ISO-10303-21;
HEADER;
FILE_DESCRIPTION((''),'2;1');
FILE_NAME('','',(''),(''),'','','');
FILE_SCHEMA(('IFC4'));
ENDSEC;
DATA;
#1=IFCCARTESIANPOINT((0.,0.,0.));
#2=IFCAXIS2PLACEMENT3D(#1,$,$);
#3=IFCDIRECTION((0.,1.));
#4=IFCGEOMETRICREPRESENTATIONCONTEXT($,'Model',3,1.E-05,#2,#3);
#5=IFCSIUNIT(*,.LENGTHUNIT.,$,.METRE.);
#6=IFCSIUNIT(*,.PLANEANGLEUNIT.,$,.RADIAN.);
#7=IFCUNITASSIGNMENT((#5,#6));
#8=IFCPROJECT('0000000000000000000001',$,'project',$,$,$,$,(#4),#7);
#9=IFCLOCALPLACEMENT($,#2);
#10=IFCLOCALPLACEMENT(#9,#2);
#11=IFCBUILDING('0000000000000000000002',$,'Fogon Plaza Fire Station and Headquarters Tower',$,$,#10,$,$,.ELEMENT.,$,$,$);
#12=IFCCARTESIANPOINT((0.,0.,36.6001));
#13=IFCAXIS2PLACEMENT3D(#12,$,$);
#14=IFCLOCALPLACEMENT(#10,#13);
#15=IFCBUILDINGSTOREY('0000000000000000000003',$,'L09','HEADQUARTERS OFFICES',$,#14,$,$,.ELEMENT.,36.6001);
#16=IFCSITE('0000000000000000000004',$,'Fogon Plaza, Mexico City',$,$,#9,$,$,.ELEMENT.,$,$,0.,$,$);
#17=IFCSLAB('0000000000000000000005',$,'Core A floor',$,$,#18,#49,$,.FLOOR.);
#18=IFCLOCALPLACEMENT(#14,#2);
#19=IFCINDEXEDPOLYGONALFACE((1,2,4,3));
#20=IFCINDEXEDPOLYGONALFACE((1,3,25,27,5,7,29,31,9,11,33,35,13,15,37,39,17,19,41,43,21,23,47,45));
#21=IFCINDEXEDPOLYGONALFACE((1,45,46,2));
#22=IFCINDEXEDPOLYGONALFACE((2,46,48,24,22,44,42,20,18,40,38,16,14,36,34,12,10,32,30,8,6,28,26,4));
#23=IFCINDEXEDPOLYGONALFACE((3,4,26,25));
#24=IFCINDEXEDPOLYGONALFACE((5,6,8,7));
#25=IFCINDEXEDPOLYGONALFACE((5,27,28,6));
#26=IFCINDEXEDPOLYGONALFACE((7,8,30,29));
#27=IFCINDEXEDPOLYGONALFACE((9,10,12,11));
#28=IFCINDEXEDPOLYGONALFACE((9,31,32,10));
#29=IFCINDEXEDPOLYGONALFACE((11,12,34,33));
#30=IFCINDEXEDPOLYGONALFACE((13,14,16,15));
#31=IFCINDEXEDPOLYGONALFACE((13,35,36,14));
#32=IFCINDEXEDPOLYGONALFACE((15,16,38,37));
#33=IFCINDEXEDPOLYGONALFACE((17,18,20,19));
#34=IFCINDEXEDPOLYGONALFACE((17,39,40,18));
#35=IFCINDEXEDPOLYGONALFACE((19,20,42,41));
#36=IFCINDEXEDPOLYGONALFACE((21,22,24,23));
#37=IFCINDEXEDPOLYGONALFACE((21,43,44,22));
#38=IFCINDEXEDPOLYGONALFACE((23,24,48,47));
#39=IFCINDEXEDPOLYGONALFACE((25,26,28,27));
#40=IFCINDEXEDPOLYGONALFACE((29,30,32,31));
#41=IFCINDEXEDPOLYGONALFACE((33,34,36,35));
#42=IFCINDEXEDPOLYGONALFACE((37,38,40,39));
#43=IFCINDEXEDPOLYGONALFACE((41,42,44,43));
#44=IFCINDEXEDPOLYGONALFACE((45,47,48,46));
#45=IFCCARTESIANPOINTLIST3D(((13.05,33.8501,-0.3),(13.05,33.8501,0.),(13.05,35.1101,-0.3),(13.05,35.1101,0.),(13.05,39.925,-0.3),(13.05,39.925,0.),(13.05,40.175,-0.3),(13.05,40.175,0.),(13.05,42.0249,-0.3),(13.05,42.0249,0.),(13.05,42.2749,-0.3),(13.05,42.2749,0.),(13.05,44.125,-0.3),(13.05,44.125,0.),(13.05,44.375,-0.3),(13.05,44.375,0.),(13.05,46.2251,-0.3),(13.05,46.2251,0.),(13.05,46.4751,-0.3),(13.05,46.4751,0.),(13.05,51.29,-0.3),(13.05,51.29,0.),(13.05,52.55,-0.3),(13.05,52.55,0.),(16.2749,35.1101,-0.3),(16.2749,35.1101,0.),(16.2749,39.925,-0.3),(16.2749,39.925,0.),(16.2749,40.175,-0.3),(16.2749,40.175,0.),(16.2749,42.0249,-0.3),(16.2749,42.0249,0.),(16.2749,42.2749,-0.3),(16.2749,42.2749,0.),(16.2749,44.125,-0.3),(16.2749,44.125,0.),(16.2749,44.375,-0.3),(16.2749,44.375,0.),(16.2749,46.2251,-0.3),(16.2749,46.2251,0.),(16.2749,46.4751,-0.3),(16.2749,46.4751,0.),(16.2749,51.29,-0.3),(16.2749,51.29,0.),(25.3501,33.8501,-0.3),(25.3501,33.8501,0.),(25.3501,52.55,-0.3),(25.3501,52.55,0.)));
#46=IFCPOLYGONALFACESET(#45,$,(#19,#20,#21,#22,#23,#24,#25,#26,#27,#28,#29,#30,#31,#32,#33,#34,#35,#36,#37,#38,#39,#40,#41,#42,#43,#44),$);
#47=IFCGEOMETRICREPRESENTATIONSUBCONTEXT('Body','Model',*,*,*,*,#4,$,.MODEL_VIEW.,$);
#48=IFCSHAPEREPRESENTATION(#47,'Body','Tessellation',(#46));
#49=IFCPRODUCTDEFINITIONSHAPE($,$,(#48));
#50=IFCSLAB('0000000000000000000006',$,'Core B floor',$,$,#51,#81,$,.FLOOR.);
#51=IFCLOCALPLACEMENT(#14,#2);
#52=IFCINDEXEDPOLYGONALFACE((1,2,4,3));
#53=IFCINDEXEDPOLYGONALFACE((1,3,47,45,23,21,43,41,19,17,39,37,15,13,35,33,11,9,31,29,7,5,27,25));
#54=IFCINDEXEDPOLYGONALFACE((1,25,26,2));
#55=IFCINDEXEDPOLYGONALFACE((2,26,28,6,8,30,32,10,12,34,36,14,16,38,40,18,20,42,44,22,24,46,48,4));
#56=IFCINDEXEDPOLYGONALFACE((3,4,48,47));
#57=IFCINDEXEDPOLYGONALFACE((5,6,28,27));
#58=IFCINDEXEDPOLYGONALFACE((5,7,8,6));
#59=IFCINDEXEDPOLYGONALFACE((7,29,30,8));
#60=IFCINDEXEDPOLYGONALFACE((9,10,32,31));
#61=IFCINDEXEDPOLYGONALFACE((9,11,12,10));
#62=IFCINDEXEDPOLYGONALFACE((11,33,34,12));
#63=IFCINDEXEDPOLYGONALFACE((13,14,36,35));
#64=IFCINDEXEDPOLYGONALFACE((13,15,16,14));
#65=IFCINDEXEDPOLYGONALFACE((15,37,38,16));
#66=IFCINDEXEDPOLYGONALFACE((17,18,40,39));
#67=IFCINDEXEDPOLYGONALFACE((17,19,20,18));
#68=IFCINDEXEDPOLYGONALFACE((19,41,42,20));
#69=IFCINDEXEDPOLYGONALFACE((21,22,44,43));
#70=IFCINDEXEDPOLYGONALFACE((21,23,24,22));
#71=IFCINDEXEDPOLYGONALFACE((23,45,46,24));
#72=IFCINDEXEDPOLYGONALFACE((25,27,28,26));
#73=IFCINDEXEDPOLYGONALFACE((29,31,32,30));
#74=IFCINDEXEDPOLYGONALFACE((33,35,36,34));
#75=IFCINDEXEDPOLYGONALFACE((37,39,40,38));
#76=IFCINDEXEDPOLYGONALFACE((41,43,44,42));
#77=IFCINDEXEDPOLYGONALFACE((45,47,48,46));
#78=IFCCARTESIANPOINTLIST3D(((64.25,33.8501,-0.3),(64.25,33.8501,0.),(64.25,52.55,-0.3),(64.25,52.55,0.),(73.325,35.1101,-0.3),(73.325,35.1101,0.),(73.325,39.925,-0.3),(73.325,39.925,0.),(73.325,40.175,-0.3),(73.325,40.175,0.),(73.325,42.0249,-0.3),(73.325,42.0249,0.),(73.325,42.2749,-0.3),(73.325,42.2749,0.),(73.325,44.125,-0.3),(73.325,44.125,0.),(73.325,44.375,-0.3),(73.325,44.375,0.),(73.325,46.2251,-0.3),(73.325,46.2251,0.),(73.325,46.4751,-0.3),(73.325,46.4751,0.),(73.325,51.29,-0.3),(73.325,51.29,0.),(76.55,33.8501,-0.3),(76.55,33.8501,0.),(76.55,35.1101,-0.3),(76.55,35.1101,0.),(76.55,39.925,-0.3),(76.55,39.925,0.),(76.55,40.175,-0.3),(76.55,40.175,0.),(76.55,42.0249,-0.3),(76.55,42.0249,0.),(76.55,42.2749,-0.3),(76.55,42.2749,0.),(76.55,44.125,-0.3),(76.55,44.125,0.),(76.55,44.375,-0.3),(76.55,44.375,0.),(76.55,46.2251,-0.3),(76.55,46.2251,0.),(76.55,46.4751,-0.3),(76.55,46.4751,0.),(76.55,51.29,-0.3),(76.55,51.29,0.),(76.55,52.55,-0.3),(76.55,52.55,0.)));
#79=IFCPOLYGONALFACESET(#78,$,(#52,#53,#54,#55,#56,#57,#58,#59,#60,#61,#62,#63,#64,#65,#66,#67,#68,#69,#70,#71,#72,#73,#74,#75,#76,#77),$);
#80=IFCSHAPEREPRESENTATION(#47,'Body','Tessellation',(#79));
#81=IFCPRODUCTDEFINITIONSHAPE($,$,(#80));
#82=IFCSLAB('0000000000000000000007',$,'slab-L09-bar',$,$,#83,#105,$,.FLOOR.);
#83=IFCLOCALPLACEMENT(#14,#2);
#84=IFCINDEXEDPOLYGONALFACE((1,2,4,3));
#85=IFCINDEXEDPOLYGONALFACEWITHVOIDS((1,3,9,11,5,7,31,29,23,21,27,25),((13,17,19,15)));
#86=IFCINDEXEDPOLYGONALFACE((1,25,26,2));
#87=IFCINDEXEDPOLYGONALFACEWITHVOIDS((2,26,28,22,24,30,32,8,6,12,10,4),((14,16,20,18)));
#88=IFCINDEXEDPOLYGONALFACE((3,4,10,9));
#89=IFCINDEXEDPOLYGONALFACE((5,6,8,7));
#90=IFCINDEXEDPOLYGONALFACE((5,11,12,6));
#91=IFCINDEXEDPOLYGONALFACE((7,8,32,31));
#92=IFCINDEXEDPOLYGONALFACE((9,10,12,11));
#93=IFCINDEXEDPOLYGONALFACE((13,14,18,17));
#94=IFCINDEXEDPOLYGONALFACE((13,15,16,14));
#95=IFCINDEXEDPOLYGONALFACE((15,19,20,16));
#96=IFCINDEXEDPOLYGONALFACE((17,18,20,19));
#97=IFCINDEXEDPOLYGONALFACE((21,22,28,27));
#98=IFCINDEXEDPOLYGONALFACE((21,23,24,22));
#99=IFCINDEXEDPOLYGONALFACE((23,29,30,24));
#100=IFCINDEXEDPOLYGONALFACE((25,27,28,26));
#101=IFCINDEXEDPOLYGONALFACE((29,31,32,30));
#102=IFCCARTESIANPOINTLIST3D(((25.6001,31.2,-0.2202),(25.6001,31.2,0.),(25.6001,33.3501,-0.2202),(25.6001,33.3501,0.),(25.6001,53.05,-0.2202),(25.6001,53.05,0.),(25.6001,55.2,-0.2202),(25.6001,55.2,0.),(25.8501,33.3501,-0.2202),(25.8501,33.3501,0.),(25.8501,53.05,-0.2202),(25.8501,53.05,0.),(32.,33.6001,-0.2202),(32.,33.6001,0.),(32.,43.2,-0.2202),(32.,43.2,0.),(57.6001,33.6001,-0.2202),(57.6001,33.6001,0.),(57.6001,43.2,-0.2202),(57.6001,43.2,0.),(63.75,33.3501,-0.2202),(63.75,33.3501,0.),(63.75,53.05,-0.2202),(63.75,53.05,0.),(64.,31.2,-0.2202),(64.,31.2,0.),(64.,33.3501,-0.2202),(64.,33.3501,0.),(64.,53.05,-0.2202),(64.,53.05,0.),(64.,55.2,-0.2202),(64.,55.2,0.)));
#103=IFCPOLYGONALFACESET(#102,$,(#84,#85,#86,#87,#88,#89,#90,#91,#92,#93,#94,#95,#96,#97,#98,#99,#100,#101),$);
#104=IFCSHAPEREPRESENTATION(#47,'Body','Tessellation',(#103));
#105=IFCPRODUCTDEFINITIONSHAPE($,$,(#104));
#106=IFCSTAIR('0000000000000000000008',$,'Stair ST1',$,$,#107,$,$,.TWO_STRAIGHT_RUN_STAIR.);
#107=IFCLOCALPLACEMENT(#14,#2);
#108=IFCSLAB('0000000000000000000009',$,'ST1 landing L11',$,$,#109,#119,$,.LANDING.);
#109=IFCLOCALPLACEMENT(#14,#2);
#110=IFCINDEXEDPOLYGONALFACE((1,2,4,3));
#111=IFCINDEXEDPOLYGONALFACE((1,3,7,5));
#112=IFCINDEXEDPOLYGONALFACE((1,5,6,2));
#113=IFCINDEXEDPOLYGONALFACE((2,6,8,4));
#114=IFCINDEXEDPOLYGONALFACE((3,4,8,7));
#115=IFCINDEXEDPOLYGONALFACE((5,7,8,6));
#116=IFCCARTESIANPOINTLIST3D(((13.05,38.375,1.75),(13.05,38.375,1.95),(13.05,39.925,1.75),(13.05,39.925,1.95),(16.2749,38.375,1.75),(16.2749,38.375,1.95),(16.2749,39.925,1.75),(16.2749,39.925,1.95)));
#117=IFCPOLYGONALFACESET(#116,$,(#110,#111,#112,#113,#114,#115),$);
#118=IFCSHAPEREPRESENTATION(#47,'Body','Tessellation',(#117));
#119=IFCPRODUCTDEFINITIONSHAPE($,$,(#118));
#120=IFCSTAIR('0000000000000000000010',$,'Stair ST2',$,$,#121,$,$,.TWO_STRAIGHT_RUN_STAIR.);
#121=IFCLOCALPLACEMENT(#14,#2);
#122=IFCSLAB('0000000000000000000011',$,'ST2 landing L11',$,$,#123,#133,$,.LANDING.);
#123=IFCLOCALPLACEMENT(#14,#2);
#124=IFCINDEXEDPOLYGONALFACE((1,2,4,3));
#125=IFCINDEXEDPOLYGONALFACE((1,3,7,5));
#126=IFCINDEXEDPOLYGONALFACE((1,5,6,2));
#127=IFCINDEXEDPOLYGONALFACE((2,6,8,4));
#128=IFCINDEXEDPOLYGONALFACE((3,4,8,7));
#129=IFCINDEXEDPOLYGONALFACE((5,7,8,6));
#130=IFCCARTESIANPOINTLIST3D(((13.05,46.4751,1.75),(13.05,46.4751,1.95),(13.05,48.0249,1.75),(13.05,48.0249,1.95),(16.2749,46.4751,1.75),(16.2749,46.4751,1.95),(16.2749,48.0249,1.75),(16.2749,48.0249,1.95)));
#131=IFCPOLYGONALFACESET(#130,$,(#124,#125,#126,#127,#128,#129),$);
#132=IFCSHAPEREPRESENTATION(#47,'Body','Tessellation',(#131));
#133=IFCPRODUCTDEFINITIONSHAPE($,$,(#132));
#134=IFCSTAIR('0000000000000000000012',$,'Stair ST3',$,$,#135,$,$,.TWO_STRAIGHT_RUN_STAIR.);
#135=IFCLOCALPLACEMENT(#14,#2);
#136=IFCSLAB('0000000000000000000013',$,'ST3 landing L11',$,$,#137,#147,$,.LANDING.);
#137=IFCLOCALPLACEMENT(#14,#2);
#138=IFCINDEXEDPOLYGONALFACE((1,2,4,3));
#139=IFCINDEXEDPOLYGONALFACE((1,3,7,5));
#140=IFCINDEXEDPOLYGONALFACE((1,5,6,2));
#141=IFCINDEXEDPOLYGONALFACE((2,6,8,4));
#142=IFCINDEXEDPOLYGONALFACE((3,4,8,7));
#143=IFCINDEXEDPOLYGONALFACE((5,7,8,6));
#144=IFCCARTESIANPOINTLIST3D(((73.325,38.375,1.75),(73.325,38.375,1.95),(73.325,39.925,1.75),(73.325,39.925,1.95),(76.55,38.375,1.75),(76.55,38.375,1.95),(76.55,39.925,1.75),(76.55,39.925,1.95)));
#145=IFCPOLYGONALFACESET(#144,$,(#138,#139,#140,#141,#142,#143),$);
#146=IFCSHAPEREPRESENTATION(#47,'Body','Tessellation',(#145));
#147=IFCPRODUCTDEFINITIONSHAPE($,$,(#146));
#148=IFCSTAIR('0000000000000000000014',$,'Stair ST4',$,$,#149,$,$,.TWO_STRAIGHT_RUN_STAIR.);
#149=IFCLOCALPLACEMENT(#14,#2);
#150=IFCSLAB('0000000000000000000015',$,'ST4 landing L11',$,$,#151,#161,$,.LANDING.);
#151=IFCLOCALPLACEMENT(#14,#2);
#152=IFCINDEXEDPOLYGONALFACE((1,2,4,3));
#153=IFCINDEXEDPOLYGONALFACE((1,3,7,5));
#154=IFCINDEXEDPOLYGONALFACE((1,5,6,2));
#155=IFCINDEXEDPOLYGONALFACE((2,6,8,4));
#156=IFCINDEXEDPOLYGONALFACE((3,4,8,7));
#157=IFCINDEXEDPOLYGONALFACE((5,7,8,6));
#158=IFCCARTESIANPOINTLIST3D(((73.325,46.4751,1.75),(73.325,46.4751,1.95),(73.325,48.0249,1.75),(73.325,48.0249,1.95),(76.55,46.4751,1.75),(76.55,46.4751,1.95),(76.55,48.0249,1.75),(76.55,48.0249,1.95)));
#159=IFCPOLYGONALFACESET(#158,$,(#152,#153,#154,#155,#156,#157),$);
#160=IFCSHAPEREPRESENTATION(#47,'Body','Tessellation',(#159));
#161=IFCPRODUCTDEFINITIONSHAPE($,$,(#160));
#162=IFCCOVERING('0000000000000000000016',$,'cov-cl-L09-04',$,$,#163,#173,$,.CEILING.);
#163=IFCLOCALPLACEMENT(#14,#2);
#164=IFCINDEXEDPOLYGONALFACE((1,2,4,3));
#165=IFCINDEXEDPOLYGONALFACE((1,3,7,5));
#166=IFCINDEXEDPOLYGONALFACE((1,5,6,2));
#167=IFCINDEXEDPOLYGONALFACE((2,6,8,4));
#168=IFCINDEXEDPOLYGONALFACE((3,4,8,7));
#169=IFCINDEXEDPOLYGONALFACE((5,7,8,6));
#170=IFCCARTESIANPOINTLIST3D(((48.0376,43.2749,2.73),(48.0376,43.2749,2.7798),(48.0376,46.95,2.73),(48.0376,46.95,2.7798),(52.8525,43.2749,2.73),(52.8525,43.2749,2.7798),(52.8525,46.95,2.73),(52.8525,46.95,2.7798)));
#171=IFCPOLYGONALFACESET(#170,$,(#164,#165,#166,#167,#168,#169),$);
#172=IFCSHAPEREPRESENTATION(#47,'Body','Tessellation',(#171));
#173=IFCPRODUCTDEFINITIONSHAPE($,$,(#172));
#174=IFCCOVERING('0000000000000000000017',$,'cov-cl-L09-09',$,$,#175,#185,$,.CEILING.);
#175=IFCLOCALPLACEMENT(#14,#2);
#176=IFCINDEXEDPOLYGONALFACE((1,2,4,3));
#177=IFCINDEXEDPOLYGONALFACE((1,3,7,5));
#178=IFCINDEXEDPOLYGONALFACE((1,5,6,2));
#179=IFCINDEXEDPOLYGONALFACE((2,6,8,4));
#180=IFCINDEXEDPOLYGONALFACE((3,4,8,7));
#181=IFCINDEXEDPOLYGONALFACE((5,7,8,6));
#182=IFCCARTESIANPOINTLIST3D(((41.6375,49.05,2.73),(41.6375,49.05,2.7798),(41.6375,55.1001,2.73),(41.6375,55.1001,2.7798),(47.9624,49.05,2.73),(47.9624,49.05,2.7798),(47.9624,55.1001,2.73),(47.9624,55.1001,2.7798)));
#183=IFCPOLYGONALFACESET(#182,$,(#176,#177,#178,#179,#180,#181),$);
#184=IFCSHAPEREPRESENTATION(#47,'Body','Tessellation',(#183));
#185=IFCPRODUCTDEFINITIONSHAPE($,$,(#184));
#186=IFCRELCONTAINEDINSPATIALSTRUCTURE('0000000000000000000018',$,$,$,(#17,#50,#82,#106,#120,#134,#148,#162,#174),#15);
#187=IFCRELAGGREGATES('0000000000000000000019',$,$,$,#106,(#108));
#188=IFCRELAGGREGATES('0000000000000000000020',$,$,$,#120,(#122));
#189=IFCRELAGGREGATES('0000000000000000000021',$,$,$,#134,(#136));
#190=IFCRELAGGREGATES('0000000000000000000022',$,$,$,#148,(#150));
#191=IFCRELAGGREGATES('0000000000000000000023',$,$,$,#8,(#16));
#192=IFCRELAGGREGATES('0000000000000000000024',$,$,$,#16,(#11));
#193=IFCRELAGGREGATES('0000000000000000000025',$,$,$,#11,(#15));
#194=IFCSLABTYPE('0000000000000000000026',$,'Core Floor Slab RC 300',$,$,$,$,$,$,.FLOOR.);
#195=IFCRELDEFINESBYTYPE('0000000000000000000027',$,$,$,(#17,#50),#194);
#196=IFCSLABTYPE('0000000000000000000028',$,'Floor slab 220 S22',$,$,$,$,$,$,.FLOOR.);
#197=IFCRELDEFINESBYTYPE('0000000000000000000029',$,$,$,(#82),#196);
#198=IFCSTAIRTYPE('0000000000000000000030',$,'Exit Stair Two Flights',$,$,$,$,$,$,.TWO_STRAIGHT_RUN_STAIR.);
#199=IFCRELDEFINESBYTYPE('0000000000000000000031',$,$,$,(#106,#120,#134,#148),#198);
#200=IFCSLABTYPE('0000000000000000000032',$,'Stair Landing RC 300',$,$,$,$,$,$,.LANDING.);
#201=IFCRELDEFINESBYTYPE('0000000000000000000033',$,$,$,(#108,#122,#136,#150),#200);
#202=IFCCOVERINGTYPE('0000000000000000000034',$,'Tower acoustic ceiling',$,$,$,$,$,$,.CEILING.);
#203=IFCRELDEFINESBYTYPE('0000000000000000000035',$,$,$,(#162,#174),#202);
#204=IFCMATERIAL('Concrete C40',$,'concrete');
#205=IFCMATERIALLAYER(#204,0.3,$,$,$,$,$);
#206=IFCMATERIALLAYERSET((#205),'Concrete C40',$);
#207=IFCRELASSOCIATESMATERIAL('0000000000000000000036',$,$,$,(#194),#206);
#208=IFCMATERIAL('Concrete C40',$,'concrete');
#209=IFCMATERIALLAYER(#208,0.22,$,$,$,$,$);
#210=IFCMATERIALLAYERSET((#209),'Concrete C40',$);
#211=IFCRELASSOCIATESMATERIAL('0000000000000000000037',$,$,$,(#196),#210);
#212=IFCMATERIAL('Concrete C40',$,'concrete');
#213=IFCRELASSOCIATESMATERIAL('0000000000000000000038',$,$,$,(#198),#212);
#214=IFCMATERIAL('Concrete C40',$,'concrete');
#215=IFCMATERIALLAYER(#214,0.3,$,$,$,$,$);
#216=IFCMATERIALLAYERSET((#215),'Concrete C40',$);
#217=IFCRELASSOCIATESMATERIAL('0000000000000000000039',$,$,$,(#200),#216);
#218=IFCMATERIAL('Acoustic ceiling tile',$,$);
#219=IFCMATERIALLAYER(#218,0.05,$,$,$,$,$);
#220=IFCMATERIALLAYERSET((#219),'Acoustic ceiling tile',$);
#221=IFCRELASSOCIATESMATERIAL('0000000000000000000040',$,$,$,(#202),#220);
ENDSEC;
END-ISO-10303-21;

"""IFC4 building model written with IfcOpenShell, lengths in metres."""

from ifc_helpers import new_model, si_unit, direction, frame, origin, place, context, subcontext, project, spatial, polyline, outline, extrude, material, layer, layer_set, type_object, element, aggregate, save


model = new_model("IFC4")

# Units and contexts
model_context = context("Model", 3, precision=1e-05, world=origin(), true_north=direction((0.0, 1.0)))
body_context = subcontext(model_context, "Body", "Model", "MODEL_VIEW")
ifc_project = project(units=[si_unit("LENGTHUNIT", "METRE"), si_unit("PLANEANGLEUNIT", "RADIAN")], contexts=[model_context])

# Site, building, storey
site_placement = place(None, origin())
site = spatial("IfcSite", under=ifc_project, at=site_placement, Name="Fogon Plaza, Mexico City", CompositionType="ELEMENT", RefElevation=0.0)
building_placement = place(site_placement, origin())
building = spatial("IfcBuilding", under=site, at=building_placement, Name="Fogon Plaza Fire Station and Headquarters Tower", CompositionType="ELEMENT")
storey_placement = place(building_placement, frame((0.0, 0.0, 36.6001)))
storey = spatial("IfcBuildingStorey", under=building, at=storey_placement, Name="L09", Description="HEADQUARTERS OFFICES", CompositionType="ELEMENT", Elevation=36.6001)

# Slabs
ifc_material_1 = material(Name="Concrete C40", Category="concrete")
ifc_layer_1 = layer(ifc_material_1, 0.3)
ifc_layer_set_1 = layer_set([ifc_layer_1], Name="Concrete C40")
slab_type_1 = type_object("IfcSlabType", Name="Core Floor Slab RC 300", PredefinedType="FLOOR", material=ifc_layer_set_1)
slab_1_placement = place(storey_placement, frame((0.0, 0.0, -0.3)))
element("IfcSlab", 1, at=slab_1_placement, inside=storey, type_object=slab_type_1, Name="Core A floor", PredefinedType="FLOOR", context=body_context, shape_type="SweptSolid", body=[
    extrude(outline(polyline([(13.05, 35.1101), (13.05, 33.8501), (25.3501, 33.8501), (25.3501, 52.55), (13.05, 52.55), (13.05, 51.29), (16.2749, 51.29), (16.2749, 46.4751), (13.05, 46.4751), (13.05, 46.2251), (16.2749, 46.2251), (16.2749, 44.375), (13.05, 44.375), (13.05, 44.125), (16.2749, 44.125), (16.2749, 42.2749), (13.05, 42.2749), (13.05, 42.0249), (16.2749, 42.0249), (16.2749, 40.175), (13.05, 40.175), (13.05, 39.925), (16.2749, 39.925), (16.2749, 35.1101), (13.05, 35.1101)])), origin(), (0.0, 0.0, 1.0), 0.3),
])
slab_2_placement = place(storey_placement, frame((0.0, 0.0, -0.3)))
element("IfcSlab", 2, at=slab_2_placement, inside=storey, type_object=slab_type_1, Name="Core B floor", PredefinedType="FLOOR", context=body_context, shape_type="SweptSolid", body=[
    extrude(outline(polyline([(76.55, 35.1101), (73.325, 35.1101), (73.325, 39.925), (76.55, 39.925), (76.55, 40.175), (73.325, 40.175), (73.325, 42.0249), (76.55, 42.0249), (76.55, 42.2749), (73.325, 42.2749), (73.325, 44.125), (76.55, 44.125), (76.55, 44.375), (73.325, 44.375), (73.325, 46.2251), (76.55, 46.2251), (76.55, 46.4751), (73.325, 46.4751), (73.325, 51.29), (76.55, 51.29), (76.55, 52.55), (64.25, 52.55), (64.25, 33.8501), (76.55, 33.8501), (76.55, 35.1101)])), origin(), (0.0, 0.0, 1.0), 0.3),
])
ifc_material_2 = material(Name="Concrete C40", Category="concrete")
ifc_layer_2 = layer(ifc_material_2, 0.22)
ifc_layer_set_2 = layer_set([ifc_layer_2], Name="Concrete C40")
slab_type_2 = type_object("IfcSlabType", Name="Floor slab 220 S22", PredefinedType="FLOOR", material=ifc_layer_set_2)
slab_3_placement = place(storey_placement, frame((0.0, 0.0, -0.2202)))
element("IfcSlab", 3, at=slab_3_placement, inside=storey, type_object=slab_type_2, Name="slab-L09-bar", PredefinedType="FLOOR", context=body_context, shape_type="SweptSolid", body=[
    extrude(outline(polyline([(25.6001, 31.2), (25.6001, 33.3501), (25.8501, 33.3501), (25.8501, 53.05), (25.6001, 53.05), (25.6001, 55.2), (64.0, 55.2), (64.0, 53.05), (63.75, 53.05), (63.75, 33.3501), (64.0, 33.3501), (64.0, 31.2), (25.6001, 31.2)]), holes=[polyline([(57.6001, 43.2), (32.0, 43.2), (32.0, 33.6001), (57.6001, 33.6001), (57.6001, 43.2)])]), origin(), (0.0, 0.0, 1.0), 0.2202),
])

# Stairs, slabs
ifc_material_3 = material(Name="Concrete C40", Category="concrete")
stair_type = type_object("IfcStairType", Name="Exit Stair Two Flights", PredefinedType="TWO_STRAIGHT_RUN_STAIR", material=ifc_material_3)
stair_1_placement = place(storey_placement, origin())
stair_1 = element("IfcStair", 4, at=stair_1_placement, inside=storey, type_object=stair_type, Name="Stair ST1", PredefinedType="TWO_STRAIGHT_RUN_STAIR")
ifc_material_4 = material(Name="Concrete C40", Category="concrete")
ifc_layer_3 = layer(ifc_material_4, 0.3)
ifc_layer_set_3 = layer_set([ifc_layer_3], Name="Concrete C40")
slab_type_3 = type_object("IfcSlabType", Name="Stair Landing RC 300", PredefinedType="LANDING", material=ifc_layer_set_3)
slab_4_placement = place(storey_placement, frame((0.0, 0.0, 1.75)))
slab_4 = element("IfcSlab", 5, at=slab_4_placement, type_object=slab_type_3, Name="ST1 landing L11", PredefinedType="LANDING", context=body_context, shape_type="SweptSolid", body=[
    extrude(outline(polyline([(16.2749, 38.375), (16.2749, 39.925), (13.05, 39.925), (13.05, 38.375), (16.2749, 38.375)])), origin(), (0.0, 0.0, 1.0), 0.2),
])
aggregate(stair_1, [slab_4])
stair_2_placement = place(storey_placement, origin())
stair_2 = element("IfcStair", 6, at=stair_2_placement, inside=storey, type_object=stair_type, Name="Stair ST2", PredefinedType="TWO_STRAIGHT_RUN_STAIR")
slab_5_placement = place(storey_placement, frame((0.0, 0.0, 1.75)))
slab_5 = element("IfcSlab", 7, at=slab_5_placement, type_object=slab_type_3, Name="ST2 landing L11", PredefinedType="LANDING", context=body_context, shape_type="SweptSolid", body=[
    extrude(outline(polyline([(16.2749, 46.4751), (16.2749, 48.0249), (13.05, 48.0249), (13.05, 46.4751), (16.2749, 46.4751)])), origin(), (0.0, 0.0, 1.0), 0.2),
])
aggregate(stair_2, [slab_5])
stair_3_placement = place(storey_placement, origin())
stair_3 = element("IfcStair", 8, at=stair_3_placement, inside=storey, type_object=stair_type, Name="Stair ST3", PredefinedType="TWO_STRAIGHT_RUN_STAIR")
slab_6_placement = place(storey_placement, frame((0.0, 0.0, 1.75)))
slab_6 = element("IfcSlab", 9, at=slab_6_placement, type_object=slab_type_3, Name="ST3 landing L11", PredefinedType="LANDING", context=body_context, shape_type="SweptSolid", body=[
    extrude(outline(polyline([(73.325, 38.375), (76.55, 38.375), (76.55, 39.925), (73.325, 39.925), (73.325, 38.375)])), origin(), (0.0, 0.0, 1.0), 0.2),
])
aggregate(stair_3, [slab_6])
stair_4_placement = place(storey_placement, origin())
stair_4 = element("IfcStair", 10, at=stair_4_placement, inside=storey, type_object=stair_type, Name="Stair ST4", PredefinedType="TWO_STRAIGHT_RUN_STAIR")
slab_7_placement = place(storey_placement, frame((0.0, 0.0, 1.75)))
slab_7 = element("IfcSlab", 11, at=slab_7_placement, type_object=slab_type_3, Name="ST4 landing L11", PredefinedType="LANDING", context=body_context, shape_type="SweptSolid", body=[
    extrude(outline(polyline([(73.325, 46.4751), (76.55, 46.4751), (76.55, 48.0249), (73.325, 48.0249), (73.325, 46.4751)])), origin(), (0.0, 0.0, 1.0), 0.2),
])
aggregate(stair_4, [slab_7])

# Coverings
ifc_material_5 = material(Name="Acoustic ceiling tile")
ifc_layer_4 = layer(ifc_material_5, 0.05)
ifc_layer_set_4 = layer_set([ifc_layer_4], Name="Acoustic ceiling tile")
covering_type_1 = type_object("IfcCoveringType", Name="Tower acoustic ceiling", PredefinedType="CEILING", material=ifc_layer_set_4)
covering_1_placement = place(storey_placement, frame((0.0, 0.0, 2.73)))
element("IfcCovering", 12, at=covering_1_placement, inside=storey, type_object=covering_type_1, Name="cov-cl-L09-04", PredefinedType="CEILING", context=body_context, shape_type="SweptSolid", body=[
    extrude(outline(polyline([(52.8525, 43.2749), (52.8525, 46.95), (48.0376, 46.95), (48.0376, 43.2749), (52.8525, 43.2749)])), origin(), (0.0, 0.0, 1.0), 0.0498),
])
covering_2_placement = place(storey_placement, frame((0.0, 0.0, 2.73)))
element("IfcCovering", 13, at=covering_2_placement, inside=storey, type_object=covering_type_1, Name="cov-cl-L09-09", PredefinedType="CEILING", context=body_context, shape_type="SweptSolid", body=[
    extrude(outline(polyline([(47.9624, 49.05), (47.9624, 55.1001), (41.6375, 55.1001), (41.6375, 49.05), (47.9624, 49.05)])), origin(), (0.0, 0.0, 1.0), 0.0498),
])

save(model, "model.ifc")
